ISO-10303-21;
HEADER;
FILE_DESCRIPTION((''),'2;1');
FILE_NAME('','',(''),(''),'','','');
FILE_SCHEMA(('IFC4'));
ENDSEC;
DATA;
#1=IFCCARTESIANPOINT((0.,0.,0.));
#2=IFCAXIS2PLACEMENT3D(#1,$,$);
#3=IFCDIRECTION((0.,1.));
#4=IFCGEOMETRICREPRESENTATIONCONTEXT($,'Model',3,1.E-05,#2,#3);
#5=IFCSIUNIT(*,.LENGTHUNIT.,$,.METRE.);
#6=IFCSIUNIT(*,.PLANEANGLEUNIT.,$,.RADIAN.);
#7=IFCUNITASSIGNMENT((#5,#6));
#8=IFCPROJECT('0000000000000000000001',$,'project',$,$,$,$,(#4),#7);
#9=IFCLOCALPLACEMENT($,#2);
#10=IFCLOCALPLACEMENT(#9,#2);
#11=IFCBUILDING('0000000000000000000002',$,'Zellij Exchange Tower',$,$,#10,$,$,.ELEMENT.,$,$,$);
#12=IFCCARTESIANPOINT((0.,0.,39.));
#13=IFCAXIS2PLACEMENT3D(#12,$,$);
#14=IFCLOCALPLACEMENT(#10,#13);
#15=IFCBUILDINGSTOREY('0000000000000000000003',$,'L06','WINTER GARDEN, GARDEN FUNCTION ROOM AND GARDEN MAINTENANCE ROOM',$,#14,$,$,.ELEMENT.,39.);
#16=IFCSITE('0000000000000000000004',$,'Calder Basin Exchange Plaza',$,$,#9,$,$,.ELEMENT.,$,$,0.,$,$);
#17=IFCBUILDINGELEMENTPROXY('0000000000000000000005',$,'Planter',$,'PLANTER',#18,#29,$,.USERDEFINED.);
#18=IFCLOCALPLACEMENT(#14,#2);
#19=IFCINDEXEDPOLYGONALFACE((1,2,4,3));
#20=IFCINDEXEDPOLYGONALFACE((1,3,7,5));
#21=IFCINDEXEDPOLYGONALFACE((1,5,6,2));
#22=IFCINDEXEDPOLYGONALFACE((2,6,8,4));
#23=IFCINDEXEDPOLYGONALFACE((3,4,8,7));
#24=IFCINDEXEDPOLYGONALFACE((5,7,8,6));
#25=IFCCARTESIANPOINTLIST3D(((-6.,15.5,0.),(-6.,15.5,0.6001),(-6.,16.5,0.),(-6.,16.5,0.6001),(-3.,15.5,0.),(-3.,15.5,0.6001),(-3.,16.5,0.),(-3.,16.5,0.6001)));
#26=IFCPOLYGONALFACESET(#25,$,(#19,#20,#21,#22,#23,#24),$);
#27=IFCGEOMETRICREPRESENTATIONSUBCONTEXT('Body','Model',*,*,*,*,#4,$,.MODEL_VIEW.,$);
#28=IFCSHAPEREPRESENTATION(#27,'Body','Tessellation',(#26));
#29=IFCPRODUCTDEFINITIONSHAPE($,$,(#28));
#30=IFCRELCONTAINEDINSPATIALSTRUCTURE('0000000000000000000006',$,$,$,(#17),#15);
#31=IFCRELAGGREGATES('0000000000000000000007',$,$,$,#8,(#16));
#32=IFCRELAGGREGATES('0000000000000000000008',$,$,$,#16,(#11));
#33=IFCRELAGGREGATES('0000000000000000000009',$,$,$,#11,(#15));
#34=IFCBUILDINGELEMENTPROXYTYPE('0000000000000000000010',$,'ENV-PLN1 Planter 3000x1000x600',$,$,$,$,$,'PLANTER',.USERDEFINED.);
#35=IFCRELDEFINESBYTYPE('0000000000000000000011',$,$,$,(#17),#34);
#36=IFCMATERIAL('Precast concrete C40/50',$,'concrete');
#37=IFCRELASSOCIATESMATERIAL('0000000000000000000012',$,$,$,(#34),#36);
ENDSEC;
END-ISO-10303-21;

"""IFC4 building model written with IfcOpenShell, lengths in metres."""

from ifc_helpers import new_model, si_unit, direction, frame, origin, origin_2d, place, context, subcontext, project, spatial, rectangle, extrude, material, type_object, element, save


model = new_model("IFC4")

# Units and contexts
model_context = context("Model", 3, precision=1e-05, world=origin(), true_north=direction((0.0, 1.0)))
body_context = subcontext(model_context, "Body", "Model", "MODEL_VIEW")
ifc_project = project(units=[si_unit("LENGTHUNIT", "METRE"), si_unit("PLANEANGLEUNIT", "RADIAN")], contexts=[model_context])

# Site, building, storey
site_placement = place(None, origin())
site = spatial("IfcSite", under=ifc_project, at=site_placement, Name="Calder Basin Exchange Plaza", CompositionType="ELEMENT", RefElevation=0.0)
building_placement = place(site_placement, origin())
building = spatial("IfcBuilding", under=site, at=building_placement, Name="Zellij Exchange Tower", CompositionType="ELEMENT")
storey_placement = place(building_placement, frame((0.0, 0.0, 39.0)))
storey = spatial("IfcBuildingStorey", under=building, at=storey_placement, Name="L06", Description="WINTER GARDEN, GARDEN FUNCTION ROOM AND GARDEN MAINTENANCE ROOM", CompositionType="ELEMENT", Elevation=39.0)

# Shared definitions
ifc_material_1 = material(Name="Precast concrete C40/50", Category="concrete")

# Building element proxy
building_element_proxy_type = type_object("IfcBuildingElementProxyType", Name="ENV-PLN1 Planter 3000x1000x600", ElementType="PLANTER", PredefinedType="USERDEFINED", material=ifc_material_1)
for number, where, z_axis, x_axis, name in (
    (1, (-4.5, 16.0, 0.0), (0.0, 0.0, 1.0), (1.0, 0.0, 0.0), "Planter"),
):
    element("IfcBuildingElementProxy", number, at=place(storey_placement, frame(where, z_axis=z_axis, x_axis=x_axis)), inside=storey, type_object=building_element_proxy_type, Name=name, ObjectType="PLANTER", PredefinedType="USERDEFINED", context=body_context, shape_type="SweptSolid", body=[
        extrude(rectangle(XDim=3.0, YDim=1.0, at=origin_2d()), origin(), (0.0, 0.0, 1.0), 0.6001),
    ])

save(model, "model.ifc")
